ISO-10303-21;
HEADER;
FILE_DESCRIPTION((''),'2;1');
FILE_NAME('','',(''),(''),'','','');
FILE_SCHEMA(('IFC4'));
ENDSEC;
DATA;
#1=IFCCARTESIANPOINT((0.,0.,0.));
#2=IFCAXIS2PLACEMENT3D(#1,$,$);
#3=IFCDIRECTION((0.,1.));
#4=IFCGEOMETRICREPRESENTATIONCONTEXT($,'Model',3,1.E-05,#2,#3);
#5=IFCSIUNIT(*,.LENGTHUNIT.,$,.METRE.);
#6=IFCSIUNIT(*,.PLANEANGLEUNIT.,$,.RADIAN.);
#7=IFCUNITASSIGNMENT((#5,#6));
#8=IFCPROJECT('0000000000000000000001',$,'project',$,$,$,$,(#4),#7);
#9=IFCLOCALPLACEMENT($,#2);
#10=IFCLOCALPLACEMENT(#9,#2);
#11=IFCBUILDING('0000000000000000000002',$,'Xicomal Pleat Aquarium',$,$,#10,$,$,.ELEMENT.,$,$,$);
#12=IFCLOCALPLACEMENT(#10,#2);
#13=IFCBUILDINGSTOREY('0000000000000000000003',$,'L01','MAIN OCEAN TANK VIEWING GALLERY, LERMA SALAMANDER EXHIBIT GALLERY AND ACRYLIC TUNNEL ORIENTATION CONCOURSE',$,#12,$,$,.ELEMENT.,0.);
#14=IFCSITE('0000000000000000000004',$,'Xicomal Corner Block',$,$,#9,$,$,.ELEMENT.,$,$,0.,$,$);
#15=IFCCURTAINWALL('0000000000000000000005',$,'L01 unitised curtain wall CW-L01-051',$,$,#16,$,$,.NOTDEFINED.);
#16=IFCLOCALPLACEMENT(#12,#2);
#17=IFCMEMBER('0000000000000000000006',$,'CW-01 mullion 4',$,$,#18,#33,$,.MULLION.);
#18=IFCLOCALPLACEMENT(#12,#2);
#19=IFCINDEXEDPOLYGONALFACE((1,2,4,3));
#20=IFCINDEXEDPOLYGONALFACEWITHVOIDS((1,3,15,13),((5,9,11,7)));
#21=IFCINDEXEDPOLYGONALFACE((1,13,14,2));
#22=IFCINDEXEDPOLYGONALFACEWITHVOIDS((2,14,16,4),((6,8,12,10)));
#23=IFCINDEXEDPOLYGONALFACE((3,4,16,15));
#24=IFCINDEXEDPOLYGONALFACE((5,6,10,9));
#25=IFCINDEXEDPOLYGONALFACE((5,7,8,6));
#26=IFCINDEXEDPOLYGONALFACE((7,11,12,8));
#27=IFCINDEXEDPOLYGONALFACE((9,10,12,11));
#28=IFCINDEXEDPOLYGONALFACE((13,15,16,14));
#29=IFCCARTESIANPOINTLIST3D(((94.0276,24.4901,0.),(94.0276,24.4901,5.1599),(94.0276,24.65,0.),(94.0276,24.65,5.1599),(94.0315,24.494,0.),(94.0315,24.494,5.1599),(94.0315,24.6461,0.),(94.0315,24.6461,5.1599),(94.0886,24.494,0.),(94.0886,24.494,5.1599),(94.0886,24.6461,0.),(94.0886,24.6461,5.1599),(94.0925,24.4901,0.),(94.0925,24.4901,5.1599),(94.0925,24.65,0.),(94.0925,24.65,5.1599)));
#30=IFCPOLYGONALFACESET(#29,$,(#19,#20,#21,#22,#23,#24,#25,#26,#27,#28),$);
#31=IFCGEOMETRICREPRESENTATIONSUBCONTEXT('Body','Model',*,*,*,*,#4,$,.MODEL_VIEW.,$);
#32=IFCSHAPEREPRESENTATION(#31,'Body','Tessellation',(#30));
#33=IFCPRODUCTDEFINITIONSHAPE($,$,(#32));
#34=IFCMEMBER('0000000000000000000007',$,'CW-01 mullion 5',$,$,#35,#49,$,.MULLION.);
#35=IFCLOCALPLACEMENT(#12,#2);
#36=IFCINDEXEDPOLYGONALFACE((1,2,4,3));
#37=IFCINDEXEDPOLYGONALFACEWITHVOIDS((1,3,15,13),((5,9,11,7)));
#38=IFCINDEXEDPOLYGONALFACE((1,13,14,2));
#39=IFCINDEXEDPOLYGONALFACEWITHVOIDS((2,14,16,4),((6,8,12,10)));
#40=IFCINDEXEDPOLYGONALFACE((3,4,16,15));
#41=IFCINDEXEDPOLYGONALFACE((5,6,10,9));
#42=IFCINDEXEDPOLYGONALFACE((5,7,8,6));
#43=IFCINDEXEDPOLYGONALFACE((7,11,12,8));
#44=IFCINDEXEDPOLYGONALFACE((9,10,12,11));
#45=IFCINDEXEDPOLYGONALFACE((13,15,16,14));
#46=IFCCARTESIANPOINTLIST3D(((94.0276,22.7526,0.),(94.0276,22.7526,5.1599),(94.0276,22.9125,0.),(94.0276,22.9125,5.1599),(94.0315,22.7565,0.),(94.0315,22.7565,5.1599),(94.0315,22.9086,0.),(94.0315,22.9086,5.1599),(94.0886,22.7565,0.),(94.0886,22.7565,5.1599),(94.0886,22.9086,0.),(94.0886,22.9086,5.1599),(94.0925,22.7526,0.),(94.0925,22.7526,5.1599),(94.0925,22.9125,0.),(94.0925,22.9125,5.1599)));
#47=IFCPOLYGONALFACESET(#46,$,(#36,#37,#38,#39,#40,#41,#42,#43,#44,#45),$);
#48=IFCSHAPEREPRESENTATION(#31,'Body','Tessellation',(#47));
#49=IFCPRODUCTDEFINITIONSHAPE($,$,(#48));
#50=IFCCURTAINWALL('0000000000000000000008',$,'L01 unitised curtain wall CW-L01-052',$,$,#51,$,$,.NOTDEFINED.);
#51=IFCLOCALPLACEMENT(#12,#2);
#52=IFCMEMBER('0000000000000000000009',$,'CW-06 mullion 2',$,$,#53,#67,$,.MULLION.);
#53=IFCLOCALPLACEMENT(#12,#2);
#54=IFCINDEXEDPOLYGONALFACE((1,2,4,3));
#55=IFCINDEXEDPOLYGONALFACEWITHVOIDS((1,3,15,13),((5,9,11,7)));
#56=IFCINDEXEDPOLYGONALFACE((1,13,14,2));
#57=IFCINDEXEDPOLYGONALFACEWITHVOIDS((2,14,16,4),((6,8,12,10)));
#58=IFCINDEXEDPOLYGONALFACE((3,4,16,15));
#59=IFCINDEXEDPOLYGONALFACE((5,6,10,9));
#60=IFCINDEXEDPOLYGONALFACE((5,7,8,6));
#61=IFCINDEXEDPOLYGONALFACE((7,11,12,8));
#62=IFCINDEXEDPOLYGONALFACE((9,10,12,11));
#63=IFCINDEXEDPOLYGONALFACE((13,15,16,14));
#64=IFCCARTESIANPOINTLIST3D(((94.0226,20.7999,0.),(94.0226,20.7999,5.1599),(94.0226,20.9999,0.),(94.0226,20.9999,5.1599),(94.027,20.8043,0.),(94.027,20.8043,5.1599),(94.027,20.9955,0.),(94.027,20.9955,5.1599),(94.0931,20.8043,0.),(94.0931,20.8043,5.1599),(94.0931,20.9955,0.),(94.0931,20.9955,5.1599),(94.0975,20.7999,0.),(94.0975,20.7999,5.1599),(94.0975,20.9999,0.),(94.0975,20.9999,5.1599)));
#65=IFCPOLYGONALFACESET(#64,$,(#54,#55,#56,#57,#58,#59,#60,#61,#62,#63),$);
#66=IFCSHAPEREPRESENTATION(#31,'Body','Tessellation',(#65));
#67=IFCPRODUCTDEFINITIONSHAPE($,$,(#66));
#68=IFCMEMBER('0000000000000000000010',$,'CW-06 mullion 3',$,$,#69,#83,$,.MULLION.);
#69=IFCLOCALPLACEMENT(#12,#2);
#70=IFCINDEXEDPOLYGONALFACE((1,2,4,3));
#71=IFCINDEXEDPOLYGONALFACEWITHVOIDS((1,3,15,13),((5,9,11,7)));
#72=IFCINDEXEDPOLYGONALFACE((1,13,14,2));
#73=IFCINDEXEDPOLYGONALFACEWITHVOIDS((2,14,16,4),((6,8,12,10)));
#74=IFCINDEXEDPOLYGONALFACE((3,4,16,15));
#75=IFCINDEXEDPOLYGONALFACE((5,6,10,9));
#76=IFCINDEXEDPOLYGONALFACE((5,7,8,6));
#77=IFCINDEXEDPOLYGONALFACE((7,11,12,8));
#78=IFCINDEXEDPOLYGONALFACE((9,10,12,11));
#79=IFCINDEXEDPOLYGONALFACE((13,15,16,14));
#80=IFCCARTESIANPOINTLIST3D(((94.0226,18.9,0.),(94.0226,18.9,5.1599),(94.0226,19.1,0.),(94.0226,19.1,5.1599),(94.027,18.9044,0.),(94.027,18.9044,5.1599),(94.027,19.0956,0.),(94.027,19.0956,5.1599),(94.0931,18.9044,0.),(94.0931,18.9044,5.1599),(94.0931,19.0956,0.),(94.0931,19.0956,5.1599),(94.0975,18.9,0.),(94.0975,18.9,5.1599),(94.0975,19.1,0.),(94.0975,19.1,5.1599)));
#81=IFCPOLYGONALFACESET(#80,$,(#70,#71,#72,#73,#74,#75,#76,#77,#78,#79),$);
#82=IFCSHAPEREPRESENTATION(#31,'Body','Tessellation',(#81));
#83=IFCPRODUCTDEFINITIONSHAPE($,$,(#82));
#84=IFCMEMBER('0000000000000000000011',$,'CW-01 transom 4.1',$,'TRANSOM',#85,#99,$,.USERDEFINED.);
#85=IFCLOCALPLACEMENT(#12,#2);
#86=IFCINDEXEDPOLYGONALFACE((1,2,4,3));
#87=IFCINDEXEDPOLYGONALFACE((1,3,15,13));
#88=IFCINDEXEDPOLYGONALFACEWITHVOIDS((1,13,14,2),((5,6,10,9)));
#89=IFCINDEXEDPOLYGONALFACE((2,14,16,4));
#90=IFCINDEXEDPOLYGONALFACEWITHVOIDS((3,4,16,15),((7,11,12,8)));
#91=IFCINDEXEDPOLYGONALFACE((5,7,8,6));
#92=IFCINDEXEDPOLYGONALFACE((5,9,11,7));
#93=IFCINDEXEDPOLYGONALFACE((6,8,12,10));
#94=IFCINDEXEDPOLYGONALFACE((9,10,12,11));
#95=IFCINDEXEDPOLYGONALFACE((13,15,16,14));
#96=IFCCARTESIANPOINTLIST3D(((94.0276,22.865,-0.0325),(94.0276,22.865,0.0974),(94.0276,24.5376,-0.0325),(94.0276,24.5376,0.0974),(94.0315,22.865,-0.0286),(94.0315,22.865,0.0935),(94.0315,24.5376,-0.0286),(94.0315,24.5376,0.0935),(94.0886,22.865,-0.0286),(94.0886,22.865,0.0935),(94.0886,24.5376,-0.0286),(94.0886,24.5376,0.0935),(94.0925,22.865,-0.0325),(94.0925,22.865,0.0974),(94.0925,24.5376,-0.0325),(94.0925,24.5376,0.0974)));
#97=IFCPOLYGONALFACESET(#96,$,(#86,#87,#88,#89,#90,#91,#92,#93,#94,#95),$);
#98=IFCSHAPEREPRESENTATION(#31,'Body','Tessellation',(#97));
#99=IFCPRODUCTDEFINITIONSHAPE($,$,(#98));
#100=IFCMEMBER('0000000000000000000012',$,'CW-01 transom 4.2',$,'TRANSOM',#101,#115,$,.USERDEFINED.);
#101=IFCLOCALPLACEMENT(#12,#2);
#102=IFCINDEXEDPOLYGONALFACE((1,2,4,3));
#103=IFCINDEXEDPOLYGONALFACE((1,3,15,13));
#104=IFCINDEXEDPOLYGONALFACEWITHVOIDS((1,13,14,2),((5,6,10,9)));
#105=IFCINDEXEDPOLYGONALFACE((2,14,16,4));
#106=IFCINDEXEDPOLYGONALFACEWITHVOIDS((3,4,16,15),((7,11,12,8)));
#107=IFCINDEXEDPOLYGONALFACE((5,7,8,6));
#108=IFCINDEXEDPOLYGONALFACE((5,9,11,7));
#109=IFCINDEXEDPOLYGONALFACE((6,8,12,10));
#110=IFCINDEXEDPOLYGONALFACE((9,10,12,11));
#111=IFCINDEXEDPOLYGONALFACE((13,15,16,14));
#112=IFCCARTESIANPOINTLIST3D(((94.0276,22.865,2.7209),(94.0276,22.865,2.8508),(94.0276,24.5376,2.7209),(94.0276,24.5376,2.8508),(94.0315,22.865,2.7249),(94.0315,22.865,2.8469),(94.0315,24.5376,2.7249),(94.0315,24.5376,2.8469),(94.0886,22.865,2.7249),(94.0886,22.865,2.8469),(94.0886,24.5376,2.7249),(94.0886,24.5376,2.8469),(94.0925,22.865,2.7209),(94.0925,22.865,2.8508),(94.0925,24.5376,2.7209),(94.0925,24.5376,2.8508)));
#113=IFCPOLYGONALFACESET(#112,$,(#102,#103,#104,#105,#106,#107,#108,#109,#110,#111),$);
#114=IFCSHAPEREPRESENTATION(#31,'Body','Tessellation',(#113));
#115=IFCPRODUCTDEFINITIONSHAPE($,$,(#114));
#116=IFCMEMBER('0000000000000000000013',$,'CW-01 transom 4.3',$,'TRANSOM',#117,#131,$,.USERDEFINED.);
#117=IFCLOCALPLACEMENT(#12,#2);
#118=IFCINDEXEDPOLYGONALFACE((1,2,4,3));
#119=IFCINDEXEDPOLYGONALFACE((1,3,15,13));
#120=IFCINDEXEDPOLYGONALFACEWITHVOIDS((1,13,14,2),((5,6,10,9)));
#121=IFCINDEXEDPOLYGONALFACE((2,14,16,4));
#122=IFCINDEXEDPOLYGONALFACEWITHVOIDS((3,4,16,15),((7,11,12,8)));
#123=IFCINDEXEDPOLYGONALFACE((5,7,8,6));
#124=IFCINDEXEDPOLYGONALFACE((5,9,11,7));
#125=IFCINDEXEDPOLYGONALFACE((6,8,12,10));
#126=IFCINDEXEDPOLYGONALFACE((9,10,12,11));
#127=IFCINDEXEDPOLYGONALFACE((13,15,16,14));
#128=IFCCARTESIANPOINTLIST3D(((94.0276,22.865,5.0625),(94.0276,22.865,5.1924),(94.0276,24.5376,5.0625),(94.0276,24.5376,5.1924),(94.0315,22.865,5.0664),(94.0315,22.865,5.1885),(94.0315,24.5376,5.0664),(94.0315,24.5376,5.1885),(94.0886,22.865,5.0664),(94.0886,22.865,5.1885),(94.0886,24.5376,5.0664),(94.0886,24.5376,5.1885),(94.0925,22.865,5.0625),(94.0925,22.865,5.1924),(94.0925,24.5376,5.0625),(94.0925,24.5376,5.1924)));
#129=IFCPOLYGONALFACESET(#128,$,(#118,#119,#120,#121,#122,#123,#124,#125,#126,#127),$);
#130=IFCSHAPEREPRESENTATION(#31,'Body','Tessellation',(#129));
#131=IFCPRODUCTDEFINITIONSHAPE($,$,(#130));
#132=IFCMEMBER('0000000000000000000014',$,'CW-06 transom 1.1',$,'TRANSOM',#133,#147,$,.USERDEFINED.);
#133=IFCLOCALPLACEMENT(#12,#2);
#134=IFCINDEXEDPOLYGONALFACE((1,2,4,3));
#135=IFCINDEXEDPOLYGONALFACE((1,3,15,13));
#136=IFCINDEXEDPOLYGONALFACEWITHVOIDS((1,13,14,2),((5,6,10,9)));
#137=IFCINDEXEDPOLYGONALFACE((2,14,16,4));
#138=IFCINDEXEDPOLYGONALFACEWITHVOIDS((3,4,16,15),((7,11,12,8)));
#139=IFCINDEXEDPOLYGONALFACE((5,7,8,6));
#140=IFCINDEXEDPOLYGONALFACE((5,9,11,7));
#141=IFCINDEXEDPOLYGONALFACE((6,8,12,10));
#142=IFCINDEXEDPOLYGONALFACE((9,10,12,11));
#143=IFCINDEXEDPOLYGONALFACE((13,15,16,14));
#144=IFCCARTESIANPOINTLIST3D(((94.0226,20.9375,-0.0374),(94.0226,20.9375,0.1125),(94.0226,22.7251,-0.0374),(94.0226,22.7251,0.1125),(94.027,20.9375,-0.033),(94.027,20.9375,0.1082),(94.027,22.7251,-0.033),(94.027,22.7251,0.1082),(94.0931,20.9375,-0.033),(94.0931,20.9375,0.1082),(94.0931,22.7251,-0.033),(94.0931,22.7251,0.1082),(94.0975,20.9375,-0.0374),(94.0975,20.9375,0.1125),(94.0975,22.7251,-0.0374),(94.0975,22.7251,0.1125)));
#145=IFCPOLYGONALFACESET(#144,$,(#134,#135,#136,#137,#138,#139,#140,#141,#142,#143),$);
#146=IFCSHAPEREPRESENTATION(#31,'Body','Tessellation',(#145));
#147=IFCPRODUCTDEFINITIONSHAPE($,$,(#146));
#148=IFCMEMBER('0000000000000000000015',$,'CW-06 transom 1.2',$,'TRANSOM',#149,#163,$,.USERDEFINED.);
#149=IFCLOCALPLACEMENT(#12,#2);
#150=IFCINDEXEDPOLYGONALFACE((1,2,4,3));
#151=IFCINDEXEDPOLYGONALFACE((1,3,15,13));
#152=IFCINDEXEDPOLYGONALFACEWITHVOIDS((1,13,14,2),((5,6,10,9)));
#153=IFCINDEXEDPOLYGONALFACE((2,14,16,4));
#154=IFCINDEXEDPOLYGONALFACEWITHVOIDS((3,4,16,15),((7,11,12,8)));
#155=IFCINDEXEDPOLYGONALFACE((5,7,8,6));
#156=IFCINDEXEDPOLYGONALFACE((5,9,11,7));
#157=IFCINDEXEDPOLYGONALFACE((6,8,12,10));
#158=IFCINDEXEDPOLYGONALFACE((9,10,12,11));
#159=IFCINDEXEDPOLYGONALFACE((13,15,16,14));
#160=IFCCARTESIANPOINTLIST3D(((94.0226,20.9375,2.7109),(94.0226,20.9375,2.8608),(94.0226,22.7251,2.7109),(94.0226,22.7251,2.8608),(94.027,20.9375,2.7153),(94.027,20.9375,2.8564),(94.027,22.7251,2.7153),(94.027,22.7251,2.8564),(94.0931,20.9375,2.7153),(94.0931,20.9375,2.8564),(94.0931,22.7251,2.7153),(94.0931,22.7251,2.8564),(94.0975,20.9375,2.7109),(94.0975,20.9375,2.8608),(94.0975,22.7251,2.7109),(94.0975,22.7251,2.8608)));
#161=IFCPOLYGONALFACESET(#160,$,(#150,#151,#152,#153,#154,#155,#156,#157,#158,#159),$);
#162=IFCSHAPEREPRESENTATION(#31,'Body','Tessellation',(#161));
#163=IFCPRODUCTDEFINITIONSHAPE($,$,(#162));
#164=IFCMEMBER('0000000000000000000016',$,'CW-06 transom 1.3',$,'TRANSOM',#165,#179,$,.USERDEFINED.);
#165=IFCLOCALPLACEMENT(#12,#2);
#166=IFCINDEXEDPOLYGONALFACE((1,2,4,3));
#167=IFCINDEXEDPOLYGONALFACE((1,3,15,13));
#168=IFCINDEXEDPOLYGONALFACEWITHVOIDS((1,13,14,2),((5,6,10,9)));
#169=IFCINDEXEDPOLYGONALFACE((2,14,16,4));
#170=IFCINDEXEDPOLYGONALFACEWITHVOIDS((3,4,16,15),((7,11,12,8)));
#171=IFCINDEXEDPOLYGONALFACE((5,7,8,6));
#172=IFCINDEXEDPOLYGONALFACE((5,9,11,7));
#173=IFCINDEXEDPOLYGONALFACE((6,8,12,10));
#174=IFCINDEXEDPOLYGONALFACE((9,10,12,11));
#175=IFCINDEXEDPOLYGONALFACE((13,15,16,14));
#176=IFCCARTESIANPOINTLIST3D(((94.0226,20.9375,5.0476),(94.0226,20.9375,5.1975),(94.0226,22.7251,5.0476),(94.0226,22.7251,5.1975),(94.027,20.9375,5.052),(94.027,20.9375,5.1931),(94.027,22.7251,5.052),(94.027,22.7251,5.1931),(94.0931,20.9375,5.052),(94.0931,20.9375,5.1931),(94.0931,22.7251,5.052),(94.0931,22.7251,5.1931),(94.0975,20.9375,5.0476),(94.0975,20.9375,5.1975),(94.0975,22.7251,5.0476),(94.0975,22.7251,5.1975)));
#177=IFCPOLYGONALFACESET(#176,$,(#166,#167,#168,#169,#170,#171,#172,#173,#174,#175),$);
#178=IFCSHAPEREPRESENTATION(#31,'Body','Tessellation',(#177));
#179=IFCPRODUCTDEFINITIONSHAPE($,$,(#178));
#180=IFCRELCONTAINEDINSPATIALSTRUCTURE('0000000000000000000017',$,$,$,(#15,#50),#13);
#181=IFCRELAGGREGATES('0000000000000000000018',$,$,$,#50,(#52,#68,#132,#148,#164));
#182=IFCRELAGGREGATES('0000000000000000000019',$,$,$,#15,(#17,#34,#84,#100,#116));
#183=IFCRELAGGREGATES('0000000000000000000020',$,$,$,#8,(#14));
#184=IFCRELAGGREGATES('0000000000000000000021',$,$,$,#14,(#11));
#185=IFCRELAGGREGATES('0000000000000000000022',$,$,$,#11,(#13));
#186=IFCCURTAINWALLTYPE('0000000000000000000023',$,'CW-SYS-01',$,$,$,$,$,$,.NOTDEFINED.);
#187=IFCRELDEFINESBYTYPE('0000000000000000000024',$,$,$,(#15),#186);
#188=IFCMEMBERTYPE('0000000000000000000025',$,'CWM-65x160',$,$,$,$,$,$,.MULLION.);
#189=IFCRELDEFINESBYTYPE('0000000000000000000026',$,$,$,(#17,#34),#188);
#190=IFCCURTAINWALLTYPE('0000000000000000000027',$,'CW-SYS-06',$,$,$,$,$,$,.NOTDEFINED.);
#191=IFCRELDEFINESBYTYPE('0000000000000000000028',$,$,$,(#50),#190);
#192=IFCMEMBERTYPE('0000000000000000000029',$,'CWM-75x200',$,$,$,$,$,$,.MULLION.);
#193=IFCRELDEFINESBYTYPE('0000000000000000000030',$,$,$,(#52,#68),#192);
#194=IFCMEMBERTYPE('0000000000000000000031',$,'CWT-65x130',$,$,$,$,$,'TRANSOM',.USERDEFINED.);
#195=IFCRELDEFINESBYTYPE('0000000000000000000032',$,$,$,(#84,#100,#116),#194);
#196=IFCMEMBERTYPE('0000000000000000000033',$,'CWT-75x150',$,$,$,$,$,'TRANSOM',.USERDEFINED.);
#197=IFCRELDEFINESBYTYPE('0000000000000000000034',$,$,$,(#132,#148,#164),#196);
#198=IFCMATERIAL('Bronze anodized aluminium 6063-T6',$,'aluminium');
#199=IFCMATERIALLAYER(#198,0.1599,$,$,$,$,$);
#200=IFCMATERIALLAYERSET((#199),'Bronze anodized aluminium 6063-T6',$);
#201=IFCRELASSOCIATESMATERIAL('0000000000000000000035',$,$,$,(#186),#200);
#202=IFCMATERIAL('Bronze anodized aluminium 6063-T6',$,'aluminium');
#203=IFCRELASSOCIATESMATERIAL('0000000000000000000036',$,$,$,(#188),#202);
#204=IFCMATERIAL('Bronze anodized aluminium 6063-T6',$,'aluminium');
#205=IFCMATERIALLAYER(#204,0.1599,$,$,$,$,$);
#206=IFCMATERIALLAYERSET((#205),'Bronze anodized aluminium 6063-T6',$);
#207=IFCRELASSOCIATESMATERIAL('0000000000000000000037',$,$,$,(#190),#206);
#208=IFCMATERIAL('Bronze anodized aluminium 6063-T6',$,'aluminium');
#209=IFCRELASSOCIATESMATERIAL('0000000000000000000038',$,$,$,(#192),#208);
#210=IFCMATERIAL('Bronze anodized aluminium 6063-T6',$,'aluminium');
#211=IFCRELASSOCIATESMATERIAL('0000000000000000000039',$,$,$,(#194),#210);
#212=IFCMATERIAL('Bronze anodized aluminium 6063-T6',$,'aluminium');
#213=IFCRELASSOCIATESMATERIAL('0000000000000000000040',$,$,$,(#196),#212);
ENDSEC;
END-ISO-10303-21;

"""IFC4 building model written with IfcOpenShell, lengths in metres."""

from ifc_helpers import new_model, si_unit, direction, frame, origin, origin_2d, place, context, subcontext, project, spatial, hollow_rectangle, extrude, material, layer, layer_set, material_profile, profile_set, type_object, element, aggregate, save


model = new_model("IFC4")

# Units and contexts
model_context = context("Model", 3, precision=1e-05, world=origin(), true_north=direction((0.0, 1.0)))
body_context = subcontext(model_context, "Body", "Model", "MODEL_VIEW")
ifc_project = project(units=[si_unit("LENGTHUNIT", "METRE"), si_unit("PLANEANGLEUNIT", "RADIAN")], contexts=[model_context])

# Site, building, storey
site_placement = place(None, origin())
site = spatial("IfcSite", under=ifc_project, at=site_placement, Name="Xicomal Corner Block", CompositionType="ELEMENT", RefElevation=0.0)
building_placement = place(site_placement, origin())
building = spatial("IfcBuilding", under=site, at=building_placement, Name="Xicomal Pleat Aquarium", CompositionType="ELEMENT")
storey_placement = place(building_placement, origin())
storey = spatial("IfcBuildingStorey", under=building, at=storey_placement, Name="L01", Description="MAIN OCEAN TANK VIEWING GALLERY, LERMA SALAMANDER EXHIBIT GALLERY AND ACRYLIC TUNNEL ORIENTATION CONCOURSE", CompositionType="ELEMENT", Elevation=0.0)

# Curtain walls, members
ifc_material_1 = material(Name="Bronze anodized aluminium 6063-T6", Category="aluminium")
ifc_layer_1 = layer(ifc_material_1, 0.1599)
ifc_layer_set_1 = layer_set([ifc_layer_1], Name="Bronze anodized aluminium 6063-T6")
curtain_wall_type_1 = type_object("IfcCurtainWallType", Name="CW-SYS-01", PredefinedType="NOTDEFINED", material=ifc_layer_set_1)
curtain_wall_1_placement = place(storey_placement, origin())
curtain_wall_1 = element("IfcCurtainWall", 1, at=curtain_wall_1_placement, inside=storey, type_object=curtain_wall_type_1, Name="L01 unitised curtain wall CW-L01-051", PredefinedType="NOTDEFINED")
ifc_material_2 = material(Name="Bronze anodized aluminium 6063-T6", Category="aluminium")
ifc_material_profile_1 = material_profile(ifc_material_2, hollow_rectangle(XDim=0.0649, YDim=0.1599, WallThickness=0.0039, at=origin_2d()), Name="ALU MULL 65x160")
ifc_profile_set_1 = profile_set([ifc_material_profile_1], Name="Bronze anodized aluminium 6063-T6")
member_type_1 = type_object("IfcMemberType", Name="CWM-65x160", PredefinedType="MULLION", material=ifc_profile_set_1)
member_1_placement = place(storey_placement, frame((94.0601, 24.5701, 0.0), z_axis=(0.0, 0.0, 1.0), x_axis=(1.0, 0.0, 0.0)))
member_1 = element("IfcMember", 2, at=member_1_placement, type_object=member_type_1, Name="CW-01 mullion 4", PredefinedType="MULLION", context=body_context, shape_type="SweptSolid", body=[
    extrude(hollow_rectangle(XDim=0.0649, YDim=0.1599, WallThickness=0.0039, at=origin_2d()), origin(), (0.0, 0.0, 1.0), 5.1599),
])
member_2_placement = place(storey_placement, frame((94.0601, 22.8325, 0.0), z_axis=(0.0, 0.0, 1.0), x_axis=(1.0, 0.0, 0.0)))
member_2 = element("IfcMember", 3, at=member_2_placement, type_object=member_type_1, Name="CW-01 mullion 5", PredefinedType="MULLION", context=body_context, shape_type="SweptSolid", body=[
    extrude(hollow_rectangle(XDim=0.0649, YDim=0.1599, WallThickness=0.0039, at=origin_2d()), origin(), (0.0, 0.0, 1.0), 5.1599),
])
ifc_material_3 = material(Name="Bronze anodized aluminium 6063-T6", Category="aluminium")
ifc_layer_2 = layer(ifc_material_3, 0.1599)
ifc_layer_set_2 = layer_set([ifc_layer_2], Name="Bronze anodized aluminium 6063-T6")
curtain_wall_type_2 = type_object("IfcCurtainWallType", Name="CW-SYS-06", PredefinedType="NOTDEFINED", material=ifc_layer_set_2)
curtain_wall_2_placement = place(storey_placement, origin())
curtain_wall_2 = element("IfcCurtainWall", 4, at=curtain_wall_2_placement, inside=storey, type_object=curtain_wall_type_2, Name="L01 unitised curtain wall CW-L01-052", PredefinedType="NOTDEFINED")
ifc_material_4 = material(Name="Bronze anodized aluminium 6063-T6", Category="aluminium")
ifc_material_profile_2 = material_profile(ifc_material_4, hollow_rectangle(XDim=0.075, YDim=0.2, WallThickness=0.0044, at=origin_2d()), Name="ALU MULL 75x200")
ifc_profile_set_2 = profile_set([ifc_material_profile_2], Name="Bronze anodized aluminium 6063-T6")
member_type_2 = type_object("IfcMemberType", Name="CWM-75x200", PredefinedType="MULLION", material=ifc_profile_set_2)
member_3_placement = place(storey_placement, frame((94.0601, 20.8999, 0.0), z_axis=(0.0, 0.0, 1.0), x_axis=(1.0, 0.0, 0.0)))
member_3 = element("IfcMember", 5, at=member_3_placement, type_object=member_type_2, Name="CW-06 mullion 2", PredefinedType="MULLION", context=body_context, shape_type="SweptSolid", body=[
    extrude(hollow_rectangle(XDim=0.075, YDim=0.2, WallThickness=0.0044, at=origin_2d()), origin(), (0.0, 0.0, 1.0), 5.1599),
])
member_4_placement = place(storey_placement, frame((94.0601, 19.0, 0.0), z_axis=(0.0, 0.0, 1.0), x_axis=(1.0, 0.0, 0.0)))
member_4 = element("IfcMember", 6, at=member_4_placement, type_object=member_type_2, Name="CW-06 mullion 3", PredefinedType="MULLION", context=body_context, shape_type="SweptSolid", body=[
    extrude(hollow_rectangle(XDim=0.075, YDim=0.2, WallThickness=0.0044, at=origin_2d()), origin(), (0.0, 0.0, 1.0), 5.1599),
])

# Members
ifc_material_5 = material(Name="Bronze anodized aluminium 6063-T6", Category="aluminium")
ifc_material_profile_3 = material_profile(ifc_material_5, hollow_rectangle(XDim=0.0649, YDim=0.1299, WallThickness=0.0039, at=origin_2d()), Name="ALU TRAN 65x130")
ifc_profile_set_3 = profile_set([ifc_material_profile_3], Name="Bronze anodized aluminium 6063-T6")
member_type_3 = type_object("IfcMemberType", Name="CWT-65x130", ElementType="TRANSOM", PredefinedType="USERDEFINED", material=ifc_profile_set_3)
member_5_placement = place(storey_placement, frame((94.0601, 24.5376, 0.0325), z_axis=(0.0, -1.0, 0.0), x_axis=(1.0, 0.0, 0.0)))
member_5 = element("IfcMember", 7, at=member_5_placement, type_object=member_type_3, Name="CW-01 transom 4.1", ObjectType="TRANSOM", PredefinedType="USERDEFINED", context=body_context, shape_type="SweptSolid", body=[
    extrude(hollow_rectangle(XDim=0.0649, YDim=0.1299, WallThickness=0.0039, at=origin_2d()), origin(), (0.0, 0.0, 1.0), 1.6726),
])
member_6_placement = place(storey_placement, frame((94.0601, 24.5376, 2.7859), z_axis=(0.0, -1.0, 0.0), x_axis=(1.0, 0.0, 0.0)))
member_6 = element("IfcMember", 8, at=member_6_placement, type_object=member_type_3, Name="CW-01 transom 4.2", ObjectType="TRANSOM", PredefinedType="USERDEFINED", context=body_context, shape_type="SweptSolid", body=[
    extrude(hollow_rectangle(XDim=0.0649, YDim=0.1299, WallThickness=0.0039, at=origin_2d()), origin(), (0.0, 0.0, 1.0), 1.6726),
])
member_7_placement = place(storey_placement, frame((94.0601, 24.5376, 5.1274), z_axis=(0.0, -1.0, 0.0), x_axis=(1.0, 0.0, 0.0)))
member_7 = element("IfcMember", 9, at=member_7_placement, type_object=member_type_3, Name="CW-01 transom 4.3", ObjectType="TRANSOM", PredefinedType="USERDEFINED", context=body_context, shape_type="SweptSolid", body=[
    extrude(hollow_rectangle(XDim=0.0649, YDim=0.1299, WallThickness=0.0039, at=origin_2d()), origin(), (0.0, 0.0, 1.0), 1.6726),
])
ifc_material_6 = material(Name="Bronze anodized aluminium 6063-T6", Category="aluminium")
ifc_material_profile_4 = material_profile(ifc_material_6, hollow_rectangle(XDim=0.075, YDim=0.1499, WallThickness=0.0044, at=origin_2d()), Name="ALU TRAN 75x150")
ifc_profile_set_4 = profile_set([ifc_material_profile_4], Name="Bronze anodized aluminium 6063-T6")
member_type_4 = type_object("IfcMemberType", Name="CWT-75x150", ElementType="TRANSOM", PredefinedType="USERDEFINED", material=ifc_profile_set_4)
member_8_placement = place(storey_placement, frame((94.0601, 22.7251, 0.0376), z_axis=(0.0, -1.0, 0.0), x_axis=(1.0, 0.0, 0.0)))
member_8 = element("IfcMember", 10, at=member_8_placement, type_object=member_type_4, Name="CW-06 transom 1.1", ObjectType="TRANSOM", PredefinedType="USERDEFINED", context=body_context, shape_type="SweptSolid", body=[
    extrude(hollow_rectangle(XDim=0.075, YDim=0.1499, WallThickness=0.0044, at=origin_2d()), origin(), (0.0, 0.0, 1.0), 1.7876),
])
member_9_placement = place(storey_placement, frame((94.0601, 22.7251, 2.7859), z_axis=(0.0, -1.0, 0.0), x_axis=(1.0, 0.0, 0.0)))
member_9 = element("IfcMember", 11, at=member_9_placement, type_object=member_type_4, Name="CW-06 transom 1.2", ObjectType="TRANSOM", PredefinedType="USERDEFINED", context=body_context, shape_type="SweptSolid", body=[
    extrude(hollow_rectangle(XDim=0.075, YDim=0.1499, WallThickness=0.0044, at=origin_2d()), origin(), (0.0, 0.0, 1.0), 1.7876),
])
member_10_placement = place(storey_placement, frame((94.0601, 22.7251, 5.1226), z_axis=(0.0, -1.0, 0.0), x_axis=(1.0, 0.0, 0.0)))
member_10 = element("IfcMember", 12, at=member_10_placement, type_object=member_type_4, Name="CW-06 transom 1.3", ObjectType="TRANSOM", PredefinedType="USERDEFINED", context=body_context, shape_type="SweptSolid", body=[
    extrude(hollow_rectangle(XDim=0.075, YDim=0.1499, WallThickness=0.0044, at=origin_2d()), origin(), (0.0, 0.0, 1.0), 1.7876),
])

aggregate(curtain_wall_2, [member_3, member_4, member_8, member_9, member_10])
aggregate(curtain_wall_1, [member_1, member_2, member_5, member_6, member_7])

save(model, "model.ifc")
